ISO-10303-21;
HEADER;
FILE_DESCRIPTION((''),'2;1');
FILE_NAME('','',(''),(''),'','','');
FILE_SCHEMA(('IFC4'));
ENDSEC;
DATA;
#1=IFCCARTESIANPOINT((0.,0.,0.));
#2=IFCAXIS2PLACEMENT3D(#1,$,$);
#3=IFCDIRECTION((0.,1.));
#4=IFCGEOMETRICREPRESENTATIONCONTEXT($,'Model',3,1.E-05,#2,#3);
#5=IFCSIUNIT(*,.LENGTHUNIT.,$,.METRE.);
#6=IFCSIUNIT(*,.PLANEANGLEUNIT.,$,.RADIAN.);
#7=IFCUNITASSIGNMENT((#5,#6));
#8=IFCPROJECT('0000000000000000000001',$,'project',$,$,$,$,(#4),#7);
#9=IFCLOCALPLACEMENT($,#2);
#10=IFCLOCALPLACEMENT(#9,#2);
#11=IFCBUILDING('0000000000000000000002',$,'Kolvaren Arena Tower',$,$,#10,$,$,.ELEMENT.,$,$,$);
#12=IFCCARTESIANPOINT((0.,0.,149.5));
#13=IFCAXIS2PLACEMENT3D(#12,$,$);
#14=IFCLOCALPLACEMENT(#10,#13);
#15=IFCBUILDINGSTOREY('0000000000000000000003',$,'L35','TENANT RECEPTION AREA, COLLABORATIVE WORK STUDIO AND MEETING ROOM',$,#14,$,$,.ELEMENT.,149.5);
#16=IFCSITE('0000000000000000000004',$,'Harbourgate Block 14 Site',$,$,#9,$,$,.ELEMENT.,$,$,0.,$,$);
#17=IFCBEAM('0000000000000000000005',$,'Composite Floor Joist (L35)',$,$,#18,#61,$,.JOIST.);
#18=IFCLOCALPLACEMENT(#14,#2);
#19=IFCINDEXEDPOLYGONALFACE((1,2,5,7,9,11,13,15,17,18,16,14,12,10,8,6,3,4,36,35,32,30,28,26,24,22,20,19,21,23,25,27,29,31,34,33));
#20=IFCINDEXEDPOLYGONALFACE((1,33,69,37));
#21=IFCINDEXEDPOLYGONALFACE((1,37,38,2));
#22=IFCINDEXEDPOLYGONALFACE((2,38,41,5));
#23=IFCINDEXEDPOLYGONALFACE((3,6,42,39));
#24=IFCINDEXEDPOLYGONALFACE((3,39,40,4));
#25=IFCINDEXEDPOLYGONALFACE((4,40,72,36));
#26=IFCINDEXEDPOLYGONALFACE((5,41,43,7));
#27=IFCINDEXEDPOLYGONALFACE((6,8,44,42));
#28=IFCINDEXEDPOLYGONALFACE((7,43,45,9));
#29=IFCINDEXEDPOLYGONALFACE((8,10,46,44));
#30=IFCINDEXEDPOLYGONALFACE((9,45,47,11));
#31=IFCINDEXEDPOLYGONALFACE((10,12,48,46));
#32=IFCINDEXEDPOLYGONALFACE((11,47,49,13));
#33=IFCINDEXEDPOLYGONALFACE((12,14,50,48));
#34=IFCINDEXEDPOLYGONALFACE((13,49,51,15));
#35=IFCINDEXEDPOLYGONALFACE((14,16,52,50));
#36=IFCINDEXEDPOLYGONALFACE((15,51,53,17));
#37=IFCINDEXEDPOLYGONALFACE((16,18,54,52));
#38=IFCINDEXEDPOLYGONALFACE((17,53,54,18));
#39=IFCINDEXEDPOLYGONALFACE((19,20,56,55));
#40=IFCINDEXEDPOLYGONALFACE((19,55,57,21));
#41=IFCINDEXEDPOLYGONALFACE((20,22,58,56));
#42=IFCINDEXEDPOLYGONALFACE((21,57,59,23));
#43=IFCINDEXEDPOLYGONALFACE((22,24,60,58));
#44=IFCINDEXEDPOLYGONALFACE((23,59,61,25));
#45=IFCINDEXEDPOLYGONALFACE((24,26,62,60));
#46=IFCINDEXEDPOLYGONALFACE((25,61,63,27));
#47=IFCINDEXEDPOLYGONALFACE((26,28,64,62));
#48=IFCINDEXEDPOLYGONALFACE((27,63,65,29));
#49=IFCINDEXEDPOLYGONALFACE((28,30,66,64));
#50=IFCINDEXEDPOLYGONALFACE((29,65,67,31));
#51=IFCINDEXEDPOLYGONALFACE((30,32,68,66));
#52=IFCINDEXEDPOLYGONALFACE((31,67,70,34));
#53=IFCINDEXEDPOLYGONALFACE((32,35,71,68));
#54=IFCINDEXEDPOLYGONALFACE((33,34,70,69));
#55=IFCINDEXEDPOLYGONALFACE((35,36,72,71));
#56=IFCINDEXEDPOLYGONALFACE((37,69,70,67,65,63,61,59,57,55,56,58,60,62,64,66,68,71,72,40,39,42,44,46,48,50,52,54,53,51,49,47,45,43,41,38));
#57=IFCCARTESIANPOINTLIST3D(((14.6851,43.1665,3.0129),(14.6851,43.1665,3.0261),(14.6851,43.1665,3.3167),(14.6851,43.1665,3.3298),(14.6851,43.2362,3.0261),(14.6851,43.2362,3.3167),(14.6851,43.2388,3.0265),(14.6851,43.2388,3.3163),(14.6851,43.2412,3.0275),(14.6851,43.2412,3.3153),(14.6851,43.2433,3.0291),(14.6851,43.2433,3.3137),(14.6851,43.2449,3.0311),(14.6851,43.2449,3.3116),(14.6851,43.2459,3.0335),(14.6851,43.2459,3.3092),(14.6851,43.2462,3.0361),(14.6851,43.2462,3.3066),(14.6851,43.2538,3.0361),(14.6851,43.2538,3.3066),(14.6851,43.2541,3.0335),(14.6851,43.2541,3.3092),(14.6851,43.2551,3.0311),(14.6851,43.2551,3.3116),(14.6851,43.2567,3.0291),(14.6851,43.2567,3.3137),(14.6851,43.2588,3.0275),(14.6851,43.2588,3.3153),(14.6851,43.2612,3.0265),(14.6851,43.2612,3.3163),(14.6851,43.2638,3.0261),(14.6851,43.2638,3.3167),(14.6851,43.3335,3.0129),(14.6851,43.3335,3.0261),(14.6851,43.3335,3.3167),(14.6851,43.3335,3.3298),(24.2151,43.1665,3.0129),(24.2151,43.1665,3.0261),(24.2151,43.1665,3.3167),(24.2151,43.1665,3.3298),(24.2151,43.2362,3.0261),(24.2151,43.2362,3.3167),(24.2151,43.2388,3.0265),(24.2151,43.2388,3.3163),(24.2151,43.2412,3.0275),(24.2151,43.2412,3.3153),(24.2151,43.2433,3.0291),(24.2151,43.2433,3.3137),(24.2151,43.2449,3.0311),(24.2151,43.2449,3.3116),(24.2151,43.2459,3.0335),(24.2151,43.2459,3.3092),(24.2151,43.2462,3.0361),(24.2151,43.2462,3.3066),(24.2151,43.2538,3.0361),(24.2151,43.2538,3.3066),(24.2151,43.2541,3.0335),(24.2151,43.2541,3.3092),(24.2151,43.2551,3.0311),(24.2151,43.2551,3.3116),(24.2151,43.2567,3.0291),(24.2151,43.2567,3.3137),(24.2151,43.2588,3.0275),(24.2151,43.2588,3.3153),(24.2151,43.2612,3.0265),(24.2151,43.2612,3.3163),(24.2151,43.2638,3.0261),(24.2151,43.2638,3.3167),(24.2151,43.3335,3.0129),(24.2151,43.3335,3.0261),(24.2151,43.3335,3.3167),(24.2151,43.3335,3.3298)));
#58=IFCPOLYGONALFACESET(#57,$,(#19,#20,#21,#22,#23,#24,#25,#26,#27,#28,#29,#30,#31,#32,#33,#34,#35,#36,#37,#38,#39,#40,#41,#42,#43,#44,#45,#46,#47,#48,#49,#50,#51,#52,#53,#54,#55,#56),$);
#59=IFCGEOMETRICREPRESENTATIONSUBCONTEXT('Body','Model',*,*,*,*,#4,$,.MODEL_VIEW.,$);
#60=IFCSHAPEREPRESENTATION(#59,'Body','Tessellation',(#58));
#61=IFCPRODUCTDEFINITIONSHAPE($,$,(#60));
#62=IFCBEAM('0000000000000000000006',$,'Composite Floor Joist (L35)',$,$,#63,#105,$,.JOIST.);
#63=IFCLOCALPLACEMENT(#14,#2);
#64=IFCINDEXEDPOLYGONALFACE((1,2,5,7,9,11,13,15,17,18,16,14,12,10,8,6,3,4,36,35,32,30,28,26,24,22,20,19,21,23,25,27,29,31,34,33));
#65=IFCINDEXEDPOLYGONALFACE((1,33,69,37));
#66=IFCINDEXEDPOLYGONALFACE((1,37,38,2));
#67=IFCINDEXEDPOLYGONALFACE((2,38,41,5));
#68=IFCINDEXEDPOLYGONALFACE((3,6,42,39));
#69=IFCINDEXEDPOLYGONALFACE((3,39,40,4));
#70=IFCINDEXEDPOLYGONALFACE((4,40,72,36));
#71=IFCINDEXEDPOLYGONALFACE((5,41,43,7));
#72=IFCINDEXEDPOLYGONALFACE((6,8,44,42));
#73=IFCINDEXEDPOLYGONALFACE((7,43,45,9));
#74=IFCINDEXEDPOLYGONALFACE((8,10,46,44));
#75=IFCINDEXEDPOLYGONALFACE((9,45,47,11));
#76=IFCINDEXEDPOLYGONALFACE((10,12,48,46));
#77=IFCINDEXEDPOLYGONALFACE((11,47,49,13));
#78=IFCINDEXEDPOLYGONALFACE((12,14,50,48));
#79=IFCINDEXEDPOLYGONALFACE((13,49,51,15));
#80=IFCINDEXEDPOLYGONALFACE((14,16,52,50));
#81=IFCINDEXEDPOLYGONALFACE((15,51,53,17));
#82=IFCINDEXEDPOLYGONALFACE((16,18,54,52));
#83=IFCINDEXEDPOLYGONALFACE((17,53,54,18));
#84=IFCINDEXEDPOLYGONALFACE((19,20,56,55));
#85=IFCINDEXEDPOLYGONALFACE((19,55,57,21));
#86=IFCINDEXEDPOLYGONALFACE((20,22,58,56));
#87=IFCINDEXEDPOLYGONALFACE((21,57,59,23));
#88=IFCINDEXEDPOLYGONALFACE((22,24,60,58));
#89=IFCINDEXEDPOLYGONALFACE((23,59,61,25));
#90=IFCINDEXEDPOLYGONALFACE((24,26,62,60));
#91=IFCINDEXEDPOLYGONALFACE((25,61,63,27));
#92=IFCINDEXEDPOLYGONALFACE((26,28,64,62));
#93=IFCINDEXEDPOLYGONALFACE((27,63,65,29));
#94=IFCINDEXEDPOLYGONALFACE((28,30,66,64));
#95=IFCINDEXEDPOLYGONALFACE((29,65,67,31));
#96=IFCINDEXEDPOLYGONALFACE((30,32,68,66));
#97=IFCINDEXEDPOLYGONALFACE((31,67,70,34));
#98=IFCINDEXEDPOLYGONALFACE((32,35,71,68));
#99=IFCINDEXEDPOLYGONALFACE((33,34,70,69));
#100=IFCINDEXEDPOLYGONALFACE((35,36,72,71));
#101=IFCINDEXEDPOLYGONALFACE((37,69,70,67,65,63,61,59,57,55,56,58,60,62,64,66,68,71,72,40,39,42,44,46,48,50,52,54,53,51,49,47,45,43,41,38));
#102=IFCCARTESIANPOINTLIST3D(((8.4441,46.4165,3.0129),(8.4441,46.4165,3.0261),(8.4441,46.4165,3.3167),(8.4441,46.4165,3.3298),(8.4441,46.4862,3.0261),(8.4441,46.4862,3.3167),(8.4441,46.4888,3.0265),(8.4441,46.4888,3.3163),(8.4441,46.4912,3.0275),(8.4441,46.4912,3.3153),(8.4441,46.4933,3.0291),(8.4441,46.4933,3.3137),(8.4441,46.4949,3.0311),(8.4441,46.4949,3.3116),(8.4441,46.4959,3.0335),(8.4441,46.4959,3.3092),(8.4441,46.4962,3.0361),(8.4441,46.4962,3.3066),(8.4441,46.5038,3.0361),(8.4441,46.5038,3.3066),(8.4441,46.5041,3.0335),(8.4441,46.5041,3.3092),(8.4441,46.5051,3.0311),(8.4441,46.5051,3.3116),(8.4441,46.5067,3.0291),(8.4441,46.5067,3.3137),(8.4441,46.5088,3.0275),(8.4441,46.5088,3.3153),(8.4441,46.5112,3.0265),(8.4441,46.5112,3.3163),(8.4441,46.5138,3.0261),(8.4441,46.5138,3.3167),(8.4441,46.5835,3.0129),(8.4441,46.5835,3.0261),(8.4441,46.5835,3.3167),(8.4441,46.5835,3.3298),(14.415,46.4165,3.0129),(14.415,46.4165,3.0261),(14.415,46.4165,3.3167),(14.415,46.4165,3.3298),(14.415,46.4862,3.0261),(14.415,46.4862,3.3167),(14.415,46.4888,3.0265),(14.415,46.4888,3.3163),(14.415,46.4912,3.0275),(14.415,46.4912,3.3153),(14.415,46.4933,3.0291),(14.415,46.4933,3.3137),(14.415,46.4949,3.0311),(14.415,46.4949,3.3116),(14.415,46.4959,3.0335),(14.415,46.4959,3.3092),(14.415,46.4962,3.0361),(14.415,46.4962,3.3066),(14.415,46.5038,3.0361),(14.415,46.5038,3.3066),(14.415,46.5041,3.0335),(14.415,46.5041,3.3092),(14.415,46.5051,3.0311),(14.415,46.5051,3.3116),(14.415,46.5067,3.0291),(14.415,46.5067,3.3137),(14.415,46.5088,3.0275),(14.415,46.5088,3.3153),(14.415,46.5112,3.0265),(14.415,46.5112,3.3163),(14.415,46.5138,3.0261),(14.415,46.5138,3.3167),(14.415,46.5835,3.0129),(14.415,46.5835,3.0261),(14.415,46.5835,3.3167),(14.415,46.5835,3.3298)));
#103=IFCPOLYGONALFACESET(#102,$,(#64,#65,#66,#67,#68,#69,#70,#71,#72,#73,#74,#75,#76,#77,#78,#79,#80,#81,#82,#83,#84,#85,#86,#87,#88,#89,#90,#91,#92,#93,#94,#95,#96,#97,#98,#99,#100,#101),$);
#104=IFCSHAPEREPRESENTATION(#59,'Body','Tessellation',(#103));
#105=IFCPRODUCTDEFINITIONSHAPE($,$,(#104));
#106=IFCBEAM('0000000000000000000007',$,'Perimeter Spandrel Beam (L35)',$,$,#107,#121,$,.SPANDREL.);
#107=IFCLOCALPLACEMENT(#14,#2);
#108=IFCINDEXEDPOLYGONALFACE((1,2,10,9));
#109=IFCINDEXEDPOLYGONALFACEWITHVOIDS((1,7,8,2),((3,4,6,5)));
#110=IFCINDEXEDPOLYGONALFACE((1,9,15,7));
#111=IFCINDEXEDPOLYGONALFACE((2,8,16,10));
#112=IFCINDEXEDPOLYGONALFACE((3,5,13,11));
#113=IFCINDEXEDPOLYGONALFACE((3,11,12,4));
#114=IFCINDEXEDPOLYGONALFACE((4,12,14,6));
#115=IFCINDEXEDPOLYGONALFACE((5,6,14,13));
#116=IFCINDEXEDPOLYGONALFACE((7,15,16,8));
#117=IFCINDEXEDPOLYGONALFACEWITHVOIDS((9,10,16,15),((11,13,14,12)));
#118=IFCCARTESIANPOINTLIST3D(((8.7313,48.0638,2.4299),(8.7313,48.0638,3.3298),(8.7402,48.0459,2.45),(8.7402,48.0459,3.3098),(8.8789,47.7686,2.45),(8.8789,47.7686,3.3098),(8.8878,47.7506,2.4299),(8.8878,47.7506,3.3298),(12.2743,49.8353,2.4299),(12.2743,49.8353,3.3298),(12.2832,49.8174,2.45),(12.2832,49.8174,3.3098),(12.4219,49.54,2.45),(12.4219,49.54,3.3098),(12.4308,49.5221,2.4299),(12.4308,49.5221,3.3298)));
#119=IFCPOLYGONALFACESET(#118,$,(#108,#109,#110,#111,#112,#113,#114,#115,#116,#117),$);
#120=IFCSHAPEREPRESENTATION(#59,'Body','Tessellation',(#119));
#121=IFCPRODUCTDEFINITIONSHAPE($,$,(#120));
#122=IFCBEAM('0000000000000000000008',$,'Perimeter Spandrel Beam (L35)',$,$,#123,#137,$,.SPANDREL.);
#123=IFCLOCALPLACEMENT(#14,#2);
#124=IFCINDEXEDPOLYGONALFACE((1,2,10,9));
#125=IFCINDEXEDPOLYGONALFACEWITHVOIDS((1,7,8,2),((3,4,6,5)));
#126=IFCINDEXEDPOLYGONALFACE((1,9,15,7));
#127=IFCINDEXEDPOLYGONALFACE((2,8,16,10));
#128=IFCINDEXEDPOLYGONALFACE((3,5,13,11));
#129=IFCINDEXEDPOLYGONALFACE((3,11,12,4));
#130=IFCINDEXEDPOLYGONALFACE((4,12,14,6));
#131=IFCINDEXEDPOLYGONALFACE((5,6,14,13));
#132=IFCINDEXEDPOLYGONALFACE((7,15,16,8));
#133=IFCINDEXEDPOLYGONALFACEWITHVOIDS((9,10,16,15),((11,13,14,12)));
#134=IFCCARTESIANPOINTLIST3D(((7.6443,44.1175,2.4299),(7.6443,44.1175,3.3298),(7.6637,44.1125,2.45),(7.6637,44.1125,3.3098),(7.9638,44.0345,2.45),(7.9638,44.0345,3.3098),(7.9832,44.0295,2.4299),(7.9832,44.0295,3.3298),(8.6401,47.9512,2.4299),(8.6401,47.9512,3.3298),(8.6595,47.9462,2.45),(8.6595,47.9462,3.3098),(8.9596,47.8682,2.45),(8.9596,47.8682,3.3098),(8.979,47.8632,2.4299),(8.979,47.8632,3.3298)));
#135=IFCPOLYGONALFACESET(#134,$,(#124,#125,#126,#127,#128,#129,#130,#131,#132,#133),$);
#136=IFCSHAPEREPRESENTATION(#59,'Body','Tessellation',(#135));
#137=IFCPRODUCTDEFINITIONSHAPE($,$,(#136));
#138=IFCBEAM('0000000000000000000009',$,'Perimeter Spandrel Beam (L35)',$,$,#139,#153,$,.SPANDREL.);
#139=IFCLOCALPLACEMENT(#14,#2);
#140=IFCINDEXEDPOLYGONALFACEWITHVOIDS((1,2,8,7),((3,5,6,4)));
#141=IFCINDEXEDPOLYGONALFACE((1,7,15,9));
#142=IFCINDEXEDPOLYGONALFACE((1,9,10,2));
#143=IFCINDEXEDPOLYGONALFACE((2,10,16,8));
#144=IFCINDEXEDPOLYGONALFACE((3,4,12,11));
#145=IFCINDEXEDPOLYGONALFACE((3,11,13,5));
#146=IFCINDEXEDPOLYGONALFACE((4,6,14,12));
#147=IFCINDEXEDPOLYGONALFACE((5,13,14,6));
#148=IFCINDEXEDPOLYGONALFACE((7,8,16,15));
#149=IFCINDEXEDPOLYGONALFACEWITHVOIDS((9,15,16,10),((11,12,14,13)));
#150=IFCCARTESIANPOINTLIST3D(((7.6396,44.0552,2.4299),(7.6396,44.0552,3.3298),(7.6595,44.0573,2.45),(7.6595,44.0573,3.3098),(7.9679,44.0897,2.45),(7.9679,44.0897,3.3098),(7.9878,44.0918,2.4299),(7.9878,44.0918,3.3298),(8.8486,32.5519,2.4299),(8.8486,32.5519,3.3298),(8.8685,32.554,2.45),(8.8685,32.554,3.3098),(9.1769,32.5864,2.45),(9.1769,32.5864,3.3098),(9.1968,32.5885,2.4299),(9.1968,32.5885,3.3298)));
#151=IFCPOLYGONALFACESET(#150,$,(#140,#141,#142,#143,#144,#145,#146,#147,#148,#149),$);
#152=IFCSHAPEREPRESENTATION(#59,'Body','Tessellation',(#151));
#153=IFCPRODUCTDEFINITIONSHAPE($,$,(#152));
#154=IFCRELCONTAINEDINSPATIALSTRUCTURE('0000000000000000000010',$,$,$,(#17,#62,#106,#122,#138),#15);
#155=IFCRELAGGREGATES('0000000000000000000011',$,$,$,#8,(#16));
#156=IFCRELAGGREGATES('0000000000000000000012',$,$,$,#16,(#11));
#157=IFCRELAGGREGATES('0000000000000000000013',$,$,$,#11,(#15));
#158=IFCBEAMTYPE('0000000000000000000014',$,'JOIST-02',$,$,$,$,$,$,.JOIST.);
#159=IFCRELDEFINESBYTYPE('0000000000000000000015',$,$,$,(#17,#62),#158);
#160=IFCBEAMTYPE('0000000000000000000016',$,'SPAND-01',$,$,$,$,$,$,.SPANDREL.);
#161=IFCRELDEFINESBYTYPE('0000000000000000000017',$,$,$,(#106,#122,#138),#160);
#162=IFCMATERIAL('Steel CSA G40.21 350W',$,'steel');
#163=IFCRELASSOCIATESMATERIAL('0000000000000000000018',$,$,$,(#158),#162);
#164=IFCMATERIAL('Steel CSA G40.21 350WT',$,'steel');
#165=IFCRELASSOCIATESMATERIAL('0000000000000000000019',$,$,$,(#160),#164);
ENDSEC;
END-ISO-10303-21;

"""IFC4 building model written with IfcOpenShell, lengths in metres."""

from ifc_helpers import new_model, si_unit, direction, frame, origin, origin_2d, place, context, subcontext, project, spatial, hollow_rectangle, i_section, extrude, material, material_profile, profile_set, type_object, element, save


model = new_model("IFC4")

# Units and contexts
model_context = context("Model", 3, precision=1e-05, world=origin(), true_north=direction((0.0, 1.0)))
body_context = subcontext(model_context, "Body", "Model", "MODEL_VIEW")
ifc_project = project(units=[si_unit("LENGTHUNIT", "METRE"), si_unit("PLANEANGLEUNIT", "RADIAN")], contexts=[model_context])

# Site, building, storey
site_placement = place(None, origin())
site = spatial("IfcSite", under=ifc_project, at=site_placement, Name="Harbourgate Block 14 Site", CompositionType="ELEMENT", RefElevation=0.0)
building_placement = place(site_placement, origin())
building = spatial("IfcBuilding", under=site, at=building_placement, Name="Kolvaren Arena Tower", CompositionType="ELEMENT")
storey_placement = place(building_placement, frame((0.0, 0.0, 149.5)))
storey = spatial("IfcBuildingStorey", under=building, at=storey_placement, Name="L35", Description="TENANT RECEPTION AREA, COLLABORATIVE WORK STUDIO AND MEETING ROOM", CompositionType="ELEMENT", Elevation=149.5)

# Beams
ifc_material_1 = material(Name="Steel CSA G40.21 350W", Category="steel")
ifc_material_profile_1 = material_profile(ifc_material_1, i_section(OverallWidth=0.167, OverallDepth=0.3169, WebThickness=0.0076, FlangeThickness=0.0132, FilletRadius=0.01, at=origin_2d()), Name="W310x52")
ifc_profile_set_1 = profile_set([ifc_material_profile_1], Name="Steel CSA G40.21 350W")
beam_type_1 = type_object("IfcBeamType", Name="JOIST-02", PredefinedType="JOIST", material=ifc_profile_set_1)
beam_1_placement = place(storey_placement, frame((14.6851, 43.25, 3.1714), z_axis=(1.0, 0.0, 0.0), x_axis=(0.0, 1.0, 0.0)))
element("IfcBeam", 1, at=beam_1_placement, inside=storey, type_object=beam_type_1, Name="Composite Floor Joist (L35)", PredefinedType="JOIST", context=body_context, shape_type="SweptSolid", body=[
    extrude(i_section(OverallWidth=0.167, OverallDepth=0.3169, WebThickness=0.0076, FlangeThickness=0.0132, FilletRadius=0.01, at=origin_2d()), origin(), (0.0, 0.0, 1.0), 9.53),
])
beam_2_placement = place(storey_placement, frame((8.4441, 46.5, 3.1714), z_axis=(1.0, 0.0, 0.0), x_axis=(0.0, 1.0, 0.0)))
element("IfcBeam", 2, at=beam_2_placement, inside=storey, type_object=beam_type_1, Name="Composite Floor Joist (L35)", PredefinedType="JOIST", context=body_context, shape_type="SweptSolid", body=[
    extrude(i_section(OverallWidth=0.167, OverallDepth=0.3169, WebThickness=0.0076, FlangeThickness=0.0132, FilletRadius=0.01, at=origin_2d()), origin(), (0.0, 0.0, 1.0), 5.9709),
])
ifc_material_2 = material(Name="Steel CSA G40.21 350WT", Category="steel")
ifc_material_profile_2 = material_profile(ifc_material_2, hollow_rectangle(XDim=0.3501, YDim=0.8999, WallThickness=0.02, at=origin_2d()), Name="HSS 900x350x20")
ifc_profile_set_2 = profile_set([ifc_material_profile_2], Name="Steel CSA G40.21 350WT")
beam_type_2 = type_object("IfcBeamType", Name="SPAND-01", PredefinedType="SPANDREL", material=ifc_profile_set_2)
beam_3_placement = place(storey_placement, frame((12.3525, 49.6787, 2.8799), z_axis=(-0.894427, -0.447214, 0.0), x_axis=(0.447214, -0.894427, 0.0)))
element("IfcBeam", 3, at=beam_3_placement, inside=storey, type_object=beam_type_2, Name="Perimeter Spandrel Beam (L35)", PredefinedType="SPANDREL", context=body_context, shape_type="SweptSolid", body=[
    extrude(hollow_rectangle(XDim=0.3501, YDim=0.8999, WallThickness=0.02, at=origin_2d()), origin(), (0.0, 0.0, 1.0), 3.9612),
])
beam_4_placement = place(storey_placement, frame((8.8096, 47.9072, 2.8799), z_axis=(-0.251416, -0.967879, 0.0), x_axis=(0.967879, -0.251416, 0.0)))
element("IfcBeam", 4, at=beam_4_placement, inside=storey, type_object=beam_type_2, Name="Perimeter Spandrel Beam (L35)", PredefinedType="SPANDREL", context=body_context, shape_type="SweptSolid", body=[
    extrude(hollow_rectangle(XDim=0.3501, YDim=0.8999, WallThickness=0.02, at=origin_2d()), origin(), (0.0, 0.0, 1.0), 3.9609),
])
beam_5_placement = place(storey_placement, frame((7.8137, 44.0735, 2.8799), z_axis=(0.104524, -0.994522, 0.0), x_axis=(0.994522, 0.104524, 0.0)))
element("IfcBeam", 5, at=beam_5_placement, inside=storey, type_object=beam_type_2, Name="Perimeter Spandrel Beam (L35)", PredefinedType="SPANDREL", context=body_context, shape_type="SweptSolid", body=[
    extrude(hollow_rectangle(XDim=0.3501, YDim=0.8999, WallThickness=0.02, at=origin_2d()), origin(), (0.0, 0.0, 1.0), 11.5667),
])

save(model, "model.ifc")
